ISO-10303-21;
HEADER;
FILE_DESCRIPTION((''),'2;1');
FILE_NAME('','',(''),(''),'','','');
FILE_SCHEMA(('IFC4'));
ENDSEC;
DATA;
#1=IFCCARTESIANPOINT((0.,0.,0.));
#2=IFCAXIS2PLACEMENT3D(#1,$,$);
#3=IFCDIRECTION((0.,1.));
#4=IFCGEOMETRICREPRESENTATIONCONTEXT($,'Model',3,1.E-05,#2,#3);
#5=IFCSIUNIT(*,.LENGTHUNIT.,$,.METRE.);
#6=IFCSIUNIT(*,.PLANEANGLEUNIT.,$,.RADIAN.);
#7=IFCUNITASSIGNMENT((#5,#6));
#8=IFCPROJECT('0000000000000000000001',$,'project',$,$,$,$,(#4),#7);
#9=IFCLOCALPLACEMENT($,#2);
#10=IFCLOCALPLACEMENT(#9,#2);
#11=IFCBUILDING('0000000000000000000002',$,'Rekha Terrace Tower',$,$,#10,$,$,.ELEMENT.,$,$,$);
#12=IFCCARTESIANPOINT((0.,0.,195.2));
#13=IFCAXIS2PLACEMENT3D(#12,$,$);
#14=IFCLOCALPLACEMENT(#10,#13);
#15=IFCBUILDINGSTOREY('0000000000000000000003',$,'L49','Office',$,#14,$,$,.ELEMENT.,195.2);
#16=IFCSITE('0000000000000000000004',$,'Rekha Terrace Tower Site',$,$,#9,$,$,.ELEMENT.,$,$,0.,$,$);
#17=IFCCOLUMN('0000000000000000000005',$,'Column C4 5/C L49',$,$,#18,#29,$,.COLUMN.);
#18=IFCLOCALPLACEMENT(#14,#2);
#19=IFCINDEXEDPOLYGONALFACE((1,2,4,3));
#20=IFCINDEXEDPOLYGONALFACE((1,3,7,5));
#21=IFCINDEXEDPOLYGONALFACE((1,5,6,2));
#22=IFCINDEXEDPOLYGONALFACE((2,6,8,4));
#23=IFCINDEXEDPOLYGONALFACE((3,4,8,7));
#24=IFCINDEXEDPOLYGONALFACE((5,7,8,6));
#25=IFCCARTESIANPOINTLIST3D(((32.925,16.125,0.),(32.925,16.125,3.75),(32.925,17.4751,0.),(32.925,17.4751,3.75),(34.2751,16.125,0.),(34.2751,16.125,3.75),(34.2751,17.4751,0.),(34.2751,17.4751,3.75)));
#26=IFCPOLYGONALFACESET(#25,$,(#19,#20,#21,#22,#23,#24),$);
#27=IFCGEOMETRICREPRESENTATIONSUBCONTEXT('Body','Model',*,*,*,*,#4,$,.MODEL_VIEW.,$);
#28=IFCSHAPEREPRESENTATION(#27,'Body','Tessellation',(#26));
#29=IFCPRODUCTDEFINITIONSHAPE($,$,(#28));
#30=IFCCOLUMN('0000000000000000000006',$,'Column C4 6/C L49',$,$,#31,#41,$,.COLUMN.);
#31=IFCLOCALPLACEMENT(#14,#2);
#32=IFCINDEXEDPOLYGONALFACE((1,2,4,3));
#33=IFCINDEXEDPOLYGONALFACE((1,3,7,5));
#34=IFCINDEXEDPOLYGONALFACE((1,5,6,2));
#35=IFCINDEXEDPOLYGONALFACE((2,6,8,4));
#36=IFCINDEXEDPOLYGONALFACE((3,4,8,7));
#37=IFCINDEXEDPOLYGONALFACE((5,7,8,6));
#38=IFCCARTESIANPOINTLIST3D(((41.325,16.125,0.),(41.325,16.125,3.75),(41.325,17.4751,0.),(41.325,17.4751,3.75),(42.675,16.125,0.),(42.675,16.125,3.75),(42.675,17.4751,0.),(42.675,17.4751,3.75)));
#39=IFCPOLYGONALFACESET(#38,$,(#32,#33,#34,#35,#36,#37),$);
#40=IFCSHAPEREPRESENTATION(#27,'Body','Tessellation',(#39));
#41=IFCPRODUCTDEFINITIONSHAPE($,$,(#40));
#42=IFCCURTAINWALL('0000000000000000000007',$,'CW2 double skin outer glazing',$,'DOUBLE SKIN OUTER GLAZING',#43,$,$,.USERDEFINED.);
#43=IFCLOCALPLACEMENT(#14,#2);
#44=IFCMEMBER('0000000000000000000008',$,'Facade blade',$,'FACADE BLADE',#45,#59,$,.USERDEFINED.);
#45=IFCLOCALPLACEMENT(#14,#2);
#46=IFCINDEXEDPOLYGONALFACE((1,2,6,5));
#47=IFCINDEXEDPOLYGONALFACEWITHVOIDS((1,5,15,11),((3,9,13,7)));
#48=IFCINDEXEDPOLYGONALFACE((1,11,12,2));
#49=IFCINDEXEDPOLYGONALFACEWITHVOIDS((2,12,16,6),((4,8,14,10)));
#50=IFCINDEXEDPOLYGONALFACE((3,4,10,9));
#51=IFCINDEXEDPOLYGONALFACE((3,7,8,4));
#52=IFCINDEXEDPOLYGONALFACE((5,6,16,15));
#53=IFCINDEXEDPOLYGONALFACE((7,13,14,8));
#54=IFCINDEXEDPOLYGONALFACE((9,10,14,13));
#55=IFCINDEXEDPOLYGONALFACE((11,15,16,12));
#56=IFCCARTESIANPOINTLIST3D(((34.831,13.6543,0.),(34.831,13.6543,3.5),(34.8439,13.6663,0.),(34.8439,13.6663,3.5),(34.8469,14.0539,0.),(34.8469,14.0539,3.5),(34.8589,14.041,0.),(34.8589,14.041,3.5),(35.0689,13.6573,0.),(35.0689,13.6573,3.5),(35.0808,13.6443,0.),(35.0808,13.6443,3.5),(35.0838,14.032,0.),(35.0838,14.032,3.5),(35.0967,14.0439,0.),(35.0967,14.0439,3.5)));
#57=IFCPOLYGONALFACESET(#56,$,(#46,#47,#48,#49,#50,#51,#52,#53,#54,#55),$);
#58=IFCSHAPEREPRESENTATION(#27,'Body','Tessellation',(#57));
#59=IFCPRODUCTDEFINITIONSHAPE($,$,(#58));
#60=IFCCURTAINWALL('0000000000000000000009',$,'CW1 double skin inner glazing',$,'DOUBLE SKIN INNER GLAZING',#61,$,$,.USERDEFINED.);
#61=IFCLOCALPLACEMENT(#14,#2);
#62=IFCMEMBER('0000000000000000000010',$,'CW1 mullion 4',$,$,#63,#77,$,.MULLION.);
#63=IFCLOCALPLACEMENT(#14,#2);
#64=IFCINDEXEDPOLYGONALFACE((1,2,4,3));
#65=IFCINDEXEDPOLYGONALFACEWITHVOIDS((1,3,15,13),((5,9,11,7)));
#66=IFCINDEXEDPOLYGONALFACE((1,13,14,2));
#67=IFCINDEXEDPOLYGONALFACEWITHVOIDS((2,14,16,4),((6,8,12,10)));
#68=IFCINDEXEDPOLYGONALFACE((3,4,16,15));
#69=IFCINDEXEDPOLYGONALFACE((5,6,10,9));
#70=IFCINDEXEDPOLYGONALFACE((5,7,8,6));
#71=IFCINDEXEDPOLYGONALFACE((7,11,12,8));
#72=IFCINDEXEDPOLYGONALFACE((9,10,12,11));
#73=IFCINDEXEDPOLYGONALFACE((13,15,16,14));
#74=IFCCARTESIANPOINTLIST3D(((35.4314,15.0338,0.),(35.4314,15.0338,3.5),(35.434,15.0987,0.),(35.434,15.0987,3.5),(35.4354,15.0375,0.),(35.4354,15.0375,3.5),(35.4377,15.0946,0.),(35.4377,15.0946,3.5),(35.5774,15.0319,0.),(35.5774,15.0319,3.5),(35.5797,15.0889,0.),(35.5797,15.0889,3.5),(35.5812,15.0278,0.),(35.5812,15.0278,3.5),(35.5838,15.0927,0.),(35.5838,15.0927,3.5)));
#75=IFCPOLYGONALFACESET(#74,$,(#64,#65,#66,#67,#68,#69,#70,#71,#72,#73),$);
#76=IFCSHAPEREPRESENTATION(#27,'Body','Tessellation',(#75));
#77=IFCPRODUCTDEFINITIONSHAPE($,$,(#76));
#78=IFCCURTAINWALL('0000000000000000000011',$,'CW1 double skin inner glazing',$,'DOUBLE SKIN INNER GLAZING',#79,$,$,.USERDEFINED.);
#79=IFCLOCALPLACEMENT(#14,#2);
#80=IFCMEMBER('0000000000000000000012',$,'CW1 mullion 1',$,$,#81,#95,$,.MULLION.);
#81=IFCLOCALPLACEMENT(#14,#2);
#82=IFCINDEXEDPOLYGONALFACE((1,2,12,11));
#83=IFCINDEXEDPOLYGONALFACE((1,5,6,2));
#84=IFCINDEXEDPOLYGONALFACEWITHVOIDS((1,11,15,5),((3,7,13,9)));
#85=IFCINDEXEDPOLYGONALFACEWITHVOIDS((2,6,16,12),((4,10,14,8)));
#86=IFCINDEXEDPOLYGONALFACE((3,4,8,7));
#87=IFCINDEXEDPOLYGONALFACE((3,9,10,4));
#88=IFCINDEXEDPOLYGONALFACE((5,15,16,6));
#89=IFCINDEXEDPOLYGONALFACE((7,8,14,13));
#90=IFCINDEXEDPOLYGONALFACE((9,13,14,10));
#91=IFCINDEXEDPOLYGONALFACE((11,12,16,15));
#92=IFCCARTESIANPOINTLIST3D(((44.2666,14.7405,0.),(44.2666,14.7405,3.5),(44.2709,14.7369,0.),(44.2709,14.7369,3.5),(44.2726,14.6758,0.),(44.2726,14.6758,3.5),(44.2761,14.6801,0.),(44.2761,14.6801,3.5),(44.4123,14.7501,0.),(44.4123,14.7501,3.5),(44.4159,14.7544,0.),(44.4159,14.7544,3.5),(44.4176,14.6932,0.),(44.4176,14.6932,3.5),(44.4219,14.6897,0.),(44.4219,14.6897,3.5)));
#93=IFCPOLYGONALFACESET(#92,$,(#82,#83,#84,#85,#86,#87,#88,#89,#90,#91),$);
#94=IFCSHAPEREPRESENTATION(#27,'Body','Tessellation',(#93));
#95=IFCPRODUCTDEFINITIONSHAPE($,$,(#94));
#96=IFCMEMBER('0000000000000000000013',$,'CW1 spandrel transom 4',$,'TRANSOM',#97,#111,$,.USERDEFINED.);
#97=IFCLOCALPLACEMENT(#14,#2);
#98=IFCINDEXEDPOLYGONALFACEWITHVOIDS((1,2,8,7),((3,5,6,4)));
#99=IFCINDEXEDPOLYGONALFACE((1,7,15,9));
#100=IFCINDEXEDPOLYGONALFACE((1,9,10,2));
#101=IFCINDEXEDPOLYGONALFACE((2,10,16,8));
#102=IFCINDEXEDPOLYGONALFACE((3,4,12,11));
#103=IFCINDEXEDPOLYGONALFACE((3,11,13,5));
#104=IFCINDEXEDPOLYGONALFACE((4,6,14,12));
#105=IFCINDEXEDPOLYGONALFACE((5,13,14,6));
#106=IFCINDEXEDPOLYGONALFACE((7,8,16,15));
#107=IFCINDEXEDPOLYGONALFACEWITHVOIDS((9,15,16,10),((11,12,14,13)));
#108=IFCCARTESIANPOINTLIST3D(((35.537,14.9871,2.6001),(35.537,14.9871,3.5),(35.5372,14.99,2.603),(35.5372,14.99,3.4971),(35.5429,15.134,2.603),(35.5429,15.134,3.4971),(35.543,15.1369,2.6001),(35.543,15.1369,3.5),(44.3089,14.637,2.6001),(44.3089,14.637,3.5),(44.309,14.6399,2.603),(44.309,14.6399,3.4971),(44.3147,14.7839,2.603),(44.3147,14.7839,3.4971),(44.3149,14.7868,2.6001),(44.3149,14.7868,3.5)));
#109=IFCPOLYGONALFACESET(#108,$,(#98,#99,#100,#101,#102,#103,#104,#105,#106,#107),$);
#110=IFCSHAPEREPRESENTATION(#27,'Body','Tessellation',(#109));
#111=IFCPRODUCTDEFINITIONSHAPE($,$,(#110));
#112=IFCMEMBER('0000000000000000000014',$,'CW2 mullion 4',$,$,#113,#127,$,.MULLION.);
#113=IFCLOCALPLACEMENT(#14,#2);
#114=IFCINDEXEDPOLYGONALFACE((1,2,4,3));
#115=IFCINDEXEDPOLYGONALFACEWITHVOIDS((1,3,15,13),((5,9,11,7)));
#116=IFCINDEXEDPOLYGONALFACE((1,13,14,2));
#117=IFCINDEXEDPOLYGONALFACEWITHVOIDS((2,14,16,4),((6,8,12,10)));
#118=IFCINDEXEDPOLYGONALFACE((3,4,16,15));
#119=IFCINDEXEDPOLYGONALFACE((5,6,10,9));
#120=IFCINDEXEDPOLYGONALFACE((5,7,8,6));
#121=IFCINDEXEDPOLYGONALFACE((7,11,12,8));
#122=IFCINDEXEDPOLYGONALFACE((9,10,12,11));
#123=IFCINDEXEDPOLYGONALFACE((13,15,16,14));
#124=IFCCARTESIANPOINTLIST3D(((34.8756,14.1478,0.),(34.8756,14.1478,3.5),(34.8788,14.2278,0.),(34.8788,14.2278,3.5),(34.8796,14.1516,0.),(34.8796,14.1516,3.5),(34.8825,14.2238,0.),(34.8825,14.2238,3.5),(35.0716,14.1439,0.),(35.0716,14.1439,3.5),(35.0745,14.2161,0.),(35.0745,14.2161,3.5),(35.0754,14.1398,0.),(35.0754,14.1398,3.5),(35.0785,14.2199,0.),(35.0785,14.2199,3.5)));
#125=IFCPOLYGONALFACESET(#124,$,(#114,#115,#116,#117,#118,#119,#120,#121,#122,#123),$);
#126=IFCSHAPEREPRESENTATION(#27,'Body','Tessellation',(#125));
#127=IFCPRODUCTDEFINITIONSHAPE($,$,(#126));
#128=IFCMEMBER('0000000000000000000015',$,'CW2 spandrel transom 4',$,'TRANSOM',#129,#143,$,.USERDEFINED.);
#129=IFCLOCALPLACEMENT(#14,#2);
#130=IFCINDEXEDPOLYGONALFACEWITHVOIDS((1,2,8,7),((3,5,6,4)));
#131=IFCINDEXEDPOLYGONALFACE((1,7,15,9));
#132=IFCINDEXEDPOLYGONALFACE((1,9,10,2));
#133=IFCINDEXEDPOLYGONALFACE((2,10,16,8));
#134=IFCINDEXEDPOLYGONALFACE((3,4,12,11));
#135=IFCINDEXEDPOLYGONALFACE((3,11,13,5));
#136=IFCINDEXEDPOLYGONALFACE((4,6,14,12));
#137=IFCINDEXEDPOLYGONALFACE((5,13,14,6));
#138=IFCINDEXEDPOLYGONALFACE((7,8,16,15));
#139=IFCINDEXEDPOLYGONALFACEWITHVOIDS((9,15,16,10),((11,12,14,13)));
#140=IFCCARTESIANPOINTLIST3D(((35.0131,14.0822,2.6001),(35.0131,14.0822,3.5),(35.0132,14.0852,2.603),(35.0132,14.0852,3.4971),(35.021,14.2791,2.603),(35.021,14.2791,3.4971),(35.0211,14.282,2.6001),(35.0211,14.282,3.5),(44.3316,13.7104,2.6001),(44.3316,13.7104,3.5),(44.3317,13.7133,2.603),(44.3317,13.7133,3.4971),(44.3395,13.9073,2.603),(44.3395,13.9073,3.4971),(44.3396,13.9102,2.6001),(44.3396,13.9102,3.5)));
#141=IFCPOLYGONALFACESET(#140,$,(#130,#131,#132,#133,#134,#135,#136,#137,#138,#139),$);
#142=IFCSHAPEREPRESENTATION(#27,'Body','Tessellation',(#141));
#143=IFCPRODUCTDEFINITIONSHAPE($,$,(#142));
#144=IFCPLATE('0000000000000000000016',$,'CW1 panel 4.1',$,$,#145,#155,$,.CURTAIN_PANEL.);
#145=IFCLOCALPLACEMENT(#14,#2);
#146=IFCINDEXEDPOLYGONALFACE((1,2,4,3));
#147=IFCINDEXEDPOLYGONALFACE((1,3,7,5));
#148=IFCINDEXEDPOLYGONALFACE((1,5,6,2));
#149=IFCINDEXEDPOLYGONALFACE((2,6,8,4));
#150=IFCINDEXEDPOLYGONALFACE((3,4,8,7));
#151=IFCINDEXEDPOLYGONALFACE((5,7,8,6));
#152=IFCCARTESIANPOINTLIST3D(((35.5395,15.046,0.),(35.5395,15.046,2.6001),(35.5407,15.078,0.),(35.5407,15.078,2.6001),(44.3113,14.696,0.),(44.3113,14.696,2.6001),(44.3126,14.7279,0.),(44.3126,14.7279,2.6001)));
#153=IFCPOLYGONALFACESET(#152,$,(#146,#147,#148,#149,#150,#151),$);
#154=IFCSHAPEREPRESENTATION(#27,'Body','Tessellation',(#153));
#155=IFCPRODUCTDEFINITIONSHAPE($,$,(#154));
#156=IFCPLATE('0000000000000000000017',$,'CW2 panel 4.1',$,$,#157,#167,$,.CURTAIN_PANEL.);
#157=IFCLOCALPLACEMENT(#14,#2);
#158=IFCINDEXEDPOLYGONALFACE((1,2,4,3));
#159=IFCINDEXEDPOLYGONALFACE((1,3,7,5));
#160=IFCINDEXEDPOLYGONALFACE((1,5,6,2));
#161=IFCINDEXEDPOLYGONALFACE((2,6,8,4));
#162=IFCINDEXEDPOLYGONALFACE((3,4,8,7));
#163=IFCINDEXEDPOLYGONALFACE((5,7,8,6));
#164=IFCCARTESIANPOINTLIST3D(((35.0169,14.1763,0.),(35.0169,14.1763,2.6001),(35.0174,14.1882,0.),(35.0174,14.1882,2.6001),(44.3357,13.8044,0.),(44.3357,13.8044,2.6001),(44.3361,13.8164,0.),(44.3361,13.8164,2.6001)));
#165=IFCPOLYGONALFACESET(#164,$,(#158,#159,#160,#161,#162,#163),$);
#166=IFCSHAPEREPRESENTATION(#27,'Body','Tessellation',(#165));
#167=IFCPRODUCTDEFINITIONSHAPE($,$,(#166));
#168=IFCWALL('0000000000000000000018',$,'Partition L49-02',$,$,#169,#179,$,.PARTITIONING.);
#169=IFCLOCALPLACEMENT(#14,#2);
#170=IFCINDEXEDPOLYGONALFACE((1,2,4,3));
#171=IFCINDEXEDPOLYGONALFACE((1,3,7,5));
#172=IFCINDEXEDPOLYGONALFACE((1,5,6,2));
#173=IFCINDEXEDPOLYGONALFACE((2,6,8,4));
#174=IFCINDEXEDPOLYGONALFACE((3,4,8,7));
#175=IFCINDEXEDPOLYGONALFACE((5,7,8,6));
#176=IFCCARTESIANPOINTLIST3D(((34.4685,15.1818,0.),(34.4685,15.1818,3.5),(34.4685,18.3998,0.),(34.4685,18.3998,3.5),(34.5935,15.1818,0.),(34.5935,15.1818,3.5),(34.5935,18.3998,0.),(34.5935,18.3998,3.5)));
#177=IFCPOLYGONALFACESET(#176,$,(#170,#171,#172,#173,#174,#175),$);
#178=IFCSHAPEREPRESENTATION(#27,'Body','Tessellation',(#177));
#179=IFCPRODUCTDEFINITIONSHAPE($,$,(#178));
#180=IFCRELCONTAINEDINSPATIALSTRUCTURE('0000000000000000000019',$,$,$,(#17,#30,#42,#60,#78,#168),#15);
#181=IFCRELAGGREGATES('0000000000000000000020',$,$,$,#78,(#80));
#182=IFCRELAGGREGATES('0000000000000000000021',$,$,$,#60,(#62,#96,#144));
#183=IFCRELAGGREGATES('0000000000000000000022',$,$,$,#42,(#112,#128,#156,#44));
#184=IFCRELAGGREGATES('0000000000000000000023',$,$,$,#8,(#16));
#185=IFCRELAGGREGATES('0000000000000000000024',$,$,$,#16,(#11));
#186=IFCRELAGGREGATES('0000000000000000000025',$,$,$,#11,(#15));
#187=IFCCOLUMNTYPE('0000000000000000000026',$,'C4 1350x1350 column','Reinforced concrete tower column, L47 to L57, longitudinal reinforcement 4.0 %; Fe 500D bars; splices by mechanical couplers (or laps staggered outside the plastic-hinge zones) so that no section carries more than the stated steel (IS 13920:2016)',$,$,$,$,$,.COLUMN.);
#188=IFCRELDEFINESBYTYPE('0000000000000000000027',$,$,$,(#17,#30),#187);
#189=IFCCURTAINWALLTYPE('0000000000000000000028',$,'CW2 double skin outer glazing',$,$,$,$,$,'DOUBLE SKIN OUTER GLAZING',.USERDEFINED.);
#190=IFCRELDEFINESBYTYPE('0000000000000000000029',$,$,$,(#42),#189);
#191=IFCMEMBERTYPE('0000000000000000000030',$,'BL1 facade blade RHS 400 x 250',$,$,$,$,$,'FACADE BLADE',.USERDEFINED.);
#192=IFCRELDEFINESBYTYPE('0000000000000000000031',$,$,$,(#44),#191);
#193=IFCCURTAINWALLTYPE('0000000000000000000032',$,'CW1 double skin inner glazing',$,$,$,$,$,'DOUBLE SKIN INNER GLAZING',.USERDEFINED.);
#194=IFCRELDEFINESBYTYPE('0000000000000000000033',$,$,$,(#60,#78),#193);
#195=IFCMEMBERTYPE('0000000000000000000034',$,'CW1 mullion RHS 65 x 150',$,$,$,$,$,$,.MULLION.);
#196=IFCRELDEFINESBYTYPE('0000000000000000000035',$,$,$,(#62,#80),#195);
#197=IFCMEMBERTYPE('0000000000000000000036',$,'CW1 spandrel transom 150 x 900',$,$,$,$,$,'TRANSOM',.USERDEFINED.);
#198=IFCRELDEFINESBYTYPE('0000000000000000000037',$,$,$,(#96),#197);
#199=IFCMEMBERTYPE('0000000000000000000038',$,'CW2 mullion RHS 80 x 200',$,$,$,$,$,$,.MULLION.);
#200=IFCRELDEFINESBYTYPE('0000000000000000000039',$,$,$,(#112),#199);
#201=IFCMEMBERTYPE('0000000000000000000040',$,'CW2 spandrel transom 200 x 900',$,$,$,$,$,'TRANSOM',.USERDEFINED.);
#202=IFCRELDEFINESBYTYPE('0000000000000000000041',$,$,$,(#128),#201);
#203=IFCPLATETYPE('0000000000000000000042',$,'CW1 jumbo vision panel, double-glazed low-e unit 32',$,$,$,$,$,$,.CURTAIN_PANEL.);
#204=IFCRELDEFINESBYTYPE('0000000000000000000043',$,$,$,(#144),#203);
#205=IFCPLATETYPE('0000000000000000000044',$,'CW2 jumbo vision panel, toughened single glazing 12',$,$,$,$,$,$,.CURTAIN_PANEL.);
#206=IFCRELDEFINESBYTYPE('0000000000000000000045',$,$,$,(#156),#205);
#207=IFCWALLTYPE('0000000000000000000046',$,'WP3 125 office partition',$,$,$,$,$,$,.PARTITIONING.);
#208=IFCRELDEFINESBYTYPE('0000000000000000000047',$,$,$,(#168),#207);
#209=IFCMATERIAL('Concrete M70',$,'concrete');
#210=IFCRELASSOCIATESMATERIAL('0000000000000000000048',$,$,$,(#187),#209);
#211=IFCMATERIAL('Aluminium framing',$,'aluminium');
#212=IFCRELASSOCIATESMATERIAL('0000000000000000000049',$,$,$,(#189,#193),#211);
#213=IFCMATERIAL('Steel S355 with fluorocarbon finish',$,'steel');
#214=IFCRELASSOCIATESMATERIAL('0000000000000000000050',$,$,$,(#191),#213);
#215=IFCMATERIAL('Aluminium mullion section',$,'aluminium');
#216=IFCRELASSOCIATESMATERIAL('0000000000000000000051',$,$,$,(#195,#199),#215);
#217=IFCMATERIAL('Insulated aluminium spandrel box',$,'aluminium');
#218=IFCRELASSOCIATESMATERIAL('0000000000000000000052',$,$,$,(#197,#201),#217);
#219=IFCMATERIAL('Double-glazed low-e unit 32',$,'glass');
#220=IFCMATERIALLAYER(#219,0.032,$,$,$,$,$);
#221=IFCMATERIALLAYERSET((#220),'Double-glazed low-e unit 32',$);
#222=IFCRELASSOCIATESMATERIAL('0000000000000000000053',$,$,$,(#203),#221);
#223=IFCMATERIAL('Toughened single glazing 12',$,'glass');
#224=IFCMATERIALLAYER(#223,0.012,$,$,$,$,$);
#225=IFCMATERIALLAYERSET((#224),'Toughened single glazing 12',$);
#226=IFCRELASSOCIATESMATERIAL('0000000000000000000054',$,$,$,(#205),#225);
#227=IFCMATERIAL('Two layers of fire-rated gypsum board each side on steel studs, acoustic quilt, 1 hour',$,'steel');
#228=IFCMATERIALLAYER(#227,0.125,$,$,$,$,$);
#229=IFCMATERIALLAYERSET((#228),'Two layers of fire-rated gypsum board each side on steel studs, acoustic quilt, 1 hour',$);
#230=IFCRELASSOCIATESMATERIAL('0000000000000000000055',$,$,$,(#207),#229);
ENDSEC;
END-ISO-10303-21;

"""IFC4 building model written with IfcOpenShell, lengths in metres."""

from ifc_helpers import new_model, si_unit, direction, frame, frame_2d, origin, origin_2d, place, context, subcontext, project, spatial, rectangle, hollow_rectangle, extrude, material, layer, layer_set, material_profile, profile_set, type_object, element, aggregate, save


model = new_model("IFC4")

# Units and contexts
model_context = context("Model", 3, precision=1e-05, world=origin(), true_north=direction((0.0, 1.0)))
body_context = subcontext(model_context, "Body", "Model", "MODEL_VIEW")
ifc_project = project(units=[si_unit("LENGTHUNIT", "METRE"), si_unit("PLANEANGLEUNIT", "RADIAN")], contexts=[model_context])

# Site, building, storey
site_placement = place(None, origin())
site = spatial("IfcSite", under=ifc_project, at=site_placement, Name="Rekha Terrace Tower Site", CompositionType="ELEMENT", RefElevation=0.0)
building_placement = place(site_placement, origin())
building = spatial("IfcBuilding", under=site, at=building_placement, Name="Rekha Terrace Tower", CompositionType="ELEMENT")
storey_placement = place(building_placement, frame((0.0, 0.0, 195.2)))
storey = spatial("IfcBuildingStorey", under=building, at=storey_placement, Name="L49", Description="Office", CompositionType="ELEMENT", Elevation=195.2)

# Columns
ifc_material_1 = material(Name="Concrete M70", Category="concrete")
ifc_material_profile_1 = material_profile(ifc_material_1, rectangle(XDim=1.3501, YDim=1.3501, at=origin_2d()), Name="RC 1350x1350")
ifc_profile_set_1 = profile_set([ifc_material_profile_1], Name="Concrete M70")
column_type = type_object("IfcColumnType", Name="C4 1350x1350 column", Description="Reinforced concrete tower column, L47 to L57, longitudinal reinforcement 4.0 %; Fe 500D bars; splices by mechanical couplers (or laps staggered outside the plastic-hinge zones) so that no section carries more than the stated steel (IS 13920:2016)", PredefinedType="COLUMN", material=ifc_profile_set_1)
for number, where, z_axis, x_axis, name in (
    (1, (33.6001, 16.8, 0.0), (0.0, 0.0, 1.0), (1.0, 0.0, 0.0), "Column C4 5/C L49"),
    (2, (42.0, 16.8, 0.0), (0.0, 0.0, 1.0), (1.0, 0.0, 0.0), "Column C4 6/C L49"),
):
    element("IfcColumn", number, at=place(storey_placement, frame(where, z_axis=z_axis, x_axis=x_axis)), inside=storey, type_object=column_type, Name=name, PredefinedType="COLUMN", context=body_context, shape_type="SweptSolid", body=[
        extrude(rectangle(XDim=1.3501, YDim=1.3501, at=origin_2d()), origin(), (0.0, 0.0, 1.0), 3.75),
    ])

# Curtain walls, members
ifc_material_2 = material(Name="Aluminium framing", Category="aluminium")
curtain_wall_type_1 = type_object("IfcCurtainWallType", Name="CW2 double skin outer glazing", ElementType="DOUBLE SKIN OUTER GLAZING", PredefinedType="USERDEFINED", material=ifc_material_2)
curtain_wall_1_placement = place(storey_placement, origin())
curtain_wall_1 = element("IfcCurtainWall", 3, at=curtain_wall_1_placement, inside=storey, type_object=curtain_wall_type_1, Name="CW2 double skin outer glazing", ObjectType="DOUBLE SKIN OUTER GLAZING", PredefinedType="USERDEFINED")
ifc_material_3 = material(Name="Steel S355 with fluorocarbon finish", Category="steel")
ifc_material_profile_2 = material_profile(ifc_material_3, hollow_rectangle(XDim=0.25, YDim=0.3999, WallThickness=0.0125, at=origin_2d()), Name="RHS400x250x12.5")
ifc_profile_set_2 = profile_set([ifc_material_profile_2], Name="Steel S355 with fluorocarbon finish")
member_type_1 = type_object("IfcMemberType", Name="BL1 facade blade RHS 400 x 250", ElementType="FACADE BLADE", PredefinedType="USERDEFINED", material=ifc_profile_set_2)
member_1_placement = place(storey_placement, frame((34.9639, 13.8491, 0.0), z_axis=(0.0, 0.0, 1.0), x_axis=(0.999205, -0.039872, 0.0)))
member_1 = element("IfcMember", 4, at=member_1_placement, type_object=member_type_1, Name="Facade blade", ObjectType="FACADE BLADE", PredefinedType="USERDEFINED", context=body_context, shape_type="SweptSolid", body=[
    extrude(hollow_rectangle(XDim=0.25, YDim=0.3999, WallThickness=0.0125, at=origin_2d()), origin(), (0.0, 0.0, 1.0), 3.5),
])
curtain_wall_type_2 = type_object("IfcCurtainWallType", Name="CW1 double skin inner glazing", ElementType="DOUBLE SKIN INNER GLAZING", PredefinedType="USERDEFINED", material=ifc_material_2)
curtain_wall_2_placement = place(storey_placement, origin())
curtain_wall_2 = element("IfcCurtainWall", 5, at=curtain_wall_2_placement, inside=storey, type_object=curtain_wall_type_2, Name="CW1 double skin inner glazing", ObjectType="DOUBLE SKIN INNER GLAZING", PredefinedType="USERDEFINED")
ifc_material_4 = material(Name="Aluminium mullion section", Category="aluminium")
ifc_material_profile_3 = material_profile(ifc_material_4, hollow_rectangle(XDim=0.0649, YDim=0.1499, WallThickness=0.0039, at=origin_2d()), Name="AL RHS 65x150")
ifc_profile_set_3 = profile_set([ifc_material_profile_3], Name="Aluminium mullion section")
member_type_2 = type_object("IfcMemberType", Name="CW1 mullion RHS 65 x 150", PredefinedType="MULLION", material=ifc_profile_set_3)
member_2_placement = place(storey_placement, frame((35.5076, 15.0632, 0.0), z_axis=(0.0, 0.0, 1.0), x_axis=(0.039872, 0.999205, 0.0)))
member_2 = element("IfcMember", 6, at=member_2_placement, type_object=member_type_2, Name="CW1 mullion 4", PredefinedType="MULLION", context=body_context, shape_type="SweptSolid", body=[
    extrude(hollow_rectangle(XDim=0.0649, YDim=0.1499, WallThickness=0.0039, at=origin_2d()), origin(), (0.0, 0.0, 1.0), 3.5),
])
curtain_wall_3_placement = place(storey_placement, origin())
curtain_wall_3 = element("IfcCurtainWall", 7, at=curtain_wall_3_placement, inside=storey, type_object=curtain_wall_type_2, Name="CW1 double skin inner glazing", ObjectType="DOUBLE SKIN INNER GLAZING", PredefinedType="USERDEFINED")
member_3_placement = place(storey_placement, frame((44.3442, 14.7151, 0.0), z_axis=(0.0, 0.0, 1.0), x_axis=(-0.092709, 0.995693, 0.0)))
member_3 = element("IfcMember", 8, at=member_3_placement, type_object=member_type_2, Name="CW1 mullion 1", PredefinedType="MULLION", context=body_context, shape_type="SweptSolid", body=[
    extrude(hollow_rectangle(XDim=0.0649, YDim=0.1499, WallThickness=0.0039, at=origin_2d()), origin(), (0.0, 0.0, 1.0), 3.5),
])
aggregate(curtain_wall_3, [member_3])

# Members
ifc_material_5 = material(Name="Insulated aluminium spandrel box", Category="aluminium")
ifc_material_profile_4 = material_profile(ifc_material_5, hollow_rectangle(XDim=0.1499, YDim=0.8999, WallThickness=0.0029, at=origin_2d()), Name="AL SPANDREL BOX 150x900")
ifc_profile_set_4 = profile_set([ifc_material_profile_4], Name="Insulated aluminium spandrel box")
member_type_3 = type_object("IfcMemberType", Name="CW1 spandrel transom 150 x 900", ElementType="TRANSOM", PredefinedType="USERDEFINED", material=ifc_profile_set_4)
member_4_placement = place(storey_placement, frame((35.54, 15.062, 3.05), z_axis=(0.999204, -0.03988, 0.0), x_axis=(0.03988, 0.999204, 0.0)))
member_4 = element("IfcMember", 9, at=member_4_placement, type_object=member_type_3, Name="CW1 spandrel transom 4", ObjectType="TRANSOM", PredefinedType="USERDEFINED", context=body_context, shape_type="SweptSolid", body=[
    extrude(hollow_rectangle(XDim=0.1499, YDim=0.8999, WallThickness=0.0029, at=origin_2d()), origin(), (0.0, 0.0, 1.0), 8.7788),
])
ifc_material_profile_5 = material_profile(ifc_material_4, hollow_rectangle(XDim=0.0801, YDim=0.2, WallThickness=0.0039, at=origin_2d()), Name="AL RHS 80x200")
ifc_profile_set_5 = profile_set([ifc_material_profile_5], Name="Aluminium mullion section")
member_type_4 = type_object("IfcMemberType", Name="CW2 mullion RHS 80 x 200", PredefinedType="MULLION", material=ifc_profile_set_5)
member_5_placement = place(storey_placement, frame((34.9771, 14.1838, 0.0), z_axis=(0.0, 0.0, 1.0), x_axis=(0.039872, 0.999205, 0.0)))
member_5 = element("IfcMember", 10, at=member_5_placement, type_object=member_type_4, Name="CW2 mullion 4", PredefinedType="MULLION", context=body_context, shape_type="SweptSolid", body=[
    extrude(hollow_rectangle(XDim=0.0801, YDim=0.2, WallThickness=0.0039, at=origin_2d()), origin(), (0.0, 0.0, 1.0), 3.5),
])
ifc_material_profile_6 = material_profile(ifc_material_5, hollow_rectangle(XDim=0.2, YDim=0.8999, WallThickness=0.0029, at=origin_2d()), Name="AL SPANDREL BOX 200x900")
ifc_profile_set_6 = profile_set([ifc_material_profile_6], Name="Insulated aluminium spandrel box")
member_type_5 = type_object("IfcMemberType", Name="CW2 spandrel transom 200 x 900", ElementType="TRANSOM", PredefinedType="USERDEFINED", material=ifc_profile_set_6)
member_6_placement = place(storey_placement, frame((35.0171, 14.1821, 3.05), z_axis=(0.999205, -0.03987, 0.0), x_axis=(0.03987, 0.999205, 0.0)))
member_6 = element("IfcMember", 11, at=member_6_placement, type_object=member_type_5, Name="CW2 spandrel transom 4", ObjectType="TRANSOM", PredefinedType="USERDEFINED", context=body_context, shape_type="SweptSolid", body=[
    extrude(hollow_rectangle(XDim=0.2, YDim=0.8999, WallThickness=0.0029, at=origin_2d()), origin(), (0.0, 0.0, 1.0), 9.3259),
])

# Plates
ifc_material_6 = material(Name="Double-glazed low-e unit 32", Category="glass")
ifc_layer_1 = layer(ifc_material_6, 0.032)
ifc_layer_set_1 = layer_set([ifc_layer_1], Name="Double-glazed low-e unit 32")
plate_type_1 = type_object("IfcPlateType", Name="CW1 jumbo vision panel, double-glazed low-e unit 32", PredefinedType="CURTAIN_PANEL", material=ifc_layer_set_1)
plate_1_placement = place(storey_placement, frame((39.926, 14.887, 0.0), z_axis=(0.0, 0.0, 1.0), x_axis=(0.999205, -0.039872, 0.0)))
plate_1 = element("IfcPlate", 12, at=plate_1_placement, type_object=plate_type_1, Name="CW1 panel 4.1", PredefinedType="CURTAIN_PANEL", context=body_context, shape_type="SweptSolid", body=[
    extrude(rectangle(XDim=8.7788, YDim=0.032, at=origin_2d()), origin(), (0.0, 0.0, 1.0), 2.6001),
])
aggregate(curtain_wall_2, [member_2, member_4, plate_1])
ifc_material_7 = material(Name="Toughened single glazing 12", Category="glass")
ifc_layer_2 = layer(ifc_material_7, 0.012)
ifc_layer_set_2 = layer_set([ifc_layer_2], Name="Toughened single glazing 12")
plate_type_2 = type_object("IfcPlateType", Name="CW2 jumbo vision panel, toughened single glazing 12", PredefinedType="CURTAIN_PANEL", material=ifc_layer_set_2)
plate_2_placement = place(storey_placement, frame((39.6765, 13.9963, 0.0), z_axis=(0.0, 0.0, 1.0), x_axis=(0.999205, -0.039872, 0.0)))
plate_2 = element("IfcPlate", 13, at=plate_2_placement, type_object=plate_type_2, Name="CW2 panel 4.1", PredefinedType="CURTAIN_PANEL", context=body_context, shape_type="SweptSolid", body=[
    extrude(rectangle(XDim=9.3262, YDim=0.012, at=origin_2d()), origin(), (0.0, 0.0, 1.0), 2.6001),
])
aggregate(curtain_wall_1, [member_5, member_6, plate_2, member_1])

# Wall
ifc_material_8 = material(Name="Two layers of fire-rated gypsum board each side on steel studs, acoustic quilt, 1 hour", Category="steel")
ifc_layer_3 = layer(ifc_material_8, 0.125)
ifc_layer_set_3 = layer_set([ifc_layer_3], Name="Two layers of fire-rated gypsum board each side on steel studs, acoustic quilt, 1 hour")
wall_type = type_object("IfcWallType", Name="WP3 125 office partition", PredefinedType="PARTITIONING", material=ifc_layer_set_3)
wall_1_placement = place(storey_placement, frame((34.531, 15.1819, 0.0), z_axis=(0.0, 0.0, 1.0), x_axis=(0.0, 1.0, 0.0)))
element("IfcWall", 14, at=wall_1_placement, inside=storey, type_object=wall_type, Name="Partition L49-02", PredefinedType="PARTITIONING", context=body_context, shape_type="SweptSolid", body=[
    extrude(rectangle(XDim=3.218, YDim=0.125, at=frame_2d((1.6089, 0.0))), origin(), (0.0, 0.0, 1.0), 3.5),
])

save(model, "model.ifc")
